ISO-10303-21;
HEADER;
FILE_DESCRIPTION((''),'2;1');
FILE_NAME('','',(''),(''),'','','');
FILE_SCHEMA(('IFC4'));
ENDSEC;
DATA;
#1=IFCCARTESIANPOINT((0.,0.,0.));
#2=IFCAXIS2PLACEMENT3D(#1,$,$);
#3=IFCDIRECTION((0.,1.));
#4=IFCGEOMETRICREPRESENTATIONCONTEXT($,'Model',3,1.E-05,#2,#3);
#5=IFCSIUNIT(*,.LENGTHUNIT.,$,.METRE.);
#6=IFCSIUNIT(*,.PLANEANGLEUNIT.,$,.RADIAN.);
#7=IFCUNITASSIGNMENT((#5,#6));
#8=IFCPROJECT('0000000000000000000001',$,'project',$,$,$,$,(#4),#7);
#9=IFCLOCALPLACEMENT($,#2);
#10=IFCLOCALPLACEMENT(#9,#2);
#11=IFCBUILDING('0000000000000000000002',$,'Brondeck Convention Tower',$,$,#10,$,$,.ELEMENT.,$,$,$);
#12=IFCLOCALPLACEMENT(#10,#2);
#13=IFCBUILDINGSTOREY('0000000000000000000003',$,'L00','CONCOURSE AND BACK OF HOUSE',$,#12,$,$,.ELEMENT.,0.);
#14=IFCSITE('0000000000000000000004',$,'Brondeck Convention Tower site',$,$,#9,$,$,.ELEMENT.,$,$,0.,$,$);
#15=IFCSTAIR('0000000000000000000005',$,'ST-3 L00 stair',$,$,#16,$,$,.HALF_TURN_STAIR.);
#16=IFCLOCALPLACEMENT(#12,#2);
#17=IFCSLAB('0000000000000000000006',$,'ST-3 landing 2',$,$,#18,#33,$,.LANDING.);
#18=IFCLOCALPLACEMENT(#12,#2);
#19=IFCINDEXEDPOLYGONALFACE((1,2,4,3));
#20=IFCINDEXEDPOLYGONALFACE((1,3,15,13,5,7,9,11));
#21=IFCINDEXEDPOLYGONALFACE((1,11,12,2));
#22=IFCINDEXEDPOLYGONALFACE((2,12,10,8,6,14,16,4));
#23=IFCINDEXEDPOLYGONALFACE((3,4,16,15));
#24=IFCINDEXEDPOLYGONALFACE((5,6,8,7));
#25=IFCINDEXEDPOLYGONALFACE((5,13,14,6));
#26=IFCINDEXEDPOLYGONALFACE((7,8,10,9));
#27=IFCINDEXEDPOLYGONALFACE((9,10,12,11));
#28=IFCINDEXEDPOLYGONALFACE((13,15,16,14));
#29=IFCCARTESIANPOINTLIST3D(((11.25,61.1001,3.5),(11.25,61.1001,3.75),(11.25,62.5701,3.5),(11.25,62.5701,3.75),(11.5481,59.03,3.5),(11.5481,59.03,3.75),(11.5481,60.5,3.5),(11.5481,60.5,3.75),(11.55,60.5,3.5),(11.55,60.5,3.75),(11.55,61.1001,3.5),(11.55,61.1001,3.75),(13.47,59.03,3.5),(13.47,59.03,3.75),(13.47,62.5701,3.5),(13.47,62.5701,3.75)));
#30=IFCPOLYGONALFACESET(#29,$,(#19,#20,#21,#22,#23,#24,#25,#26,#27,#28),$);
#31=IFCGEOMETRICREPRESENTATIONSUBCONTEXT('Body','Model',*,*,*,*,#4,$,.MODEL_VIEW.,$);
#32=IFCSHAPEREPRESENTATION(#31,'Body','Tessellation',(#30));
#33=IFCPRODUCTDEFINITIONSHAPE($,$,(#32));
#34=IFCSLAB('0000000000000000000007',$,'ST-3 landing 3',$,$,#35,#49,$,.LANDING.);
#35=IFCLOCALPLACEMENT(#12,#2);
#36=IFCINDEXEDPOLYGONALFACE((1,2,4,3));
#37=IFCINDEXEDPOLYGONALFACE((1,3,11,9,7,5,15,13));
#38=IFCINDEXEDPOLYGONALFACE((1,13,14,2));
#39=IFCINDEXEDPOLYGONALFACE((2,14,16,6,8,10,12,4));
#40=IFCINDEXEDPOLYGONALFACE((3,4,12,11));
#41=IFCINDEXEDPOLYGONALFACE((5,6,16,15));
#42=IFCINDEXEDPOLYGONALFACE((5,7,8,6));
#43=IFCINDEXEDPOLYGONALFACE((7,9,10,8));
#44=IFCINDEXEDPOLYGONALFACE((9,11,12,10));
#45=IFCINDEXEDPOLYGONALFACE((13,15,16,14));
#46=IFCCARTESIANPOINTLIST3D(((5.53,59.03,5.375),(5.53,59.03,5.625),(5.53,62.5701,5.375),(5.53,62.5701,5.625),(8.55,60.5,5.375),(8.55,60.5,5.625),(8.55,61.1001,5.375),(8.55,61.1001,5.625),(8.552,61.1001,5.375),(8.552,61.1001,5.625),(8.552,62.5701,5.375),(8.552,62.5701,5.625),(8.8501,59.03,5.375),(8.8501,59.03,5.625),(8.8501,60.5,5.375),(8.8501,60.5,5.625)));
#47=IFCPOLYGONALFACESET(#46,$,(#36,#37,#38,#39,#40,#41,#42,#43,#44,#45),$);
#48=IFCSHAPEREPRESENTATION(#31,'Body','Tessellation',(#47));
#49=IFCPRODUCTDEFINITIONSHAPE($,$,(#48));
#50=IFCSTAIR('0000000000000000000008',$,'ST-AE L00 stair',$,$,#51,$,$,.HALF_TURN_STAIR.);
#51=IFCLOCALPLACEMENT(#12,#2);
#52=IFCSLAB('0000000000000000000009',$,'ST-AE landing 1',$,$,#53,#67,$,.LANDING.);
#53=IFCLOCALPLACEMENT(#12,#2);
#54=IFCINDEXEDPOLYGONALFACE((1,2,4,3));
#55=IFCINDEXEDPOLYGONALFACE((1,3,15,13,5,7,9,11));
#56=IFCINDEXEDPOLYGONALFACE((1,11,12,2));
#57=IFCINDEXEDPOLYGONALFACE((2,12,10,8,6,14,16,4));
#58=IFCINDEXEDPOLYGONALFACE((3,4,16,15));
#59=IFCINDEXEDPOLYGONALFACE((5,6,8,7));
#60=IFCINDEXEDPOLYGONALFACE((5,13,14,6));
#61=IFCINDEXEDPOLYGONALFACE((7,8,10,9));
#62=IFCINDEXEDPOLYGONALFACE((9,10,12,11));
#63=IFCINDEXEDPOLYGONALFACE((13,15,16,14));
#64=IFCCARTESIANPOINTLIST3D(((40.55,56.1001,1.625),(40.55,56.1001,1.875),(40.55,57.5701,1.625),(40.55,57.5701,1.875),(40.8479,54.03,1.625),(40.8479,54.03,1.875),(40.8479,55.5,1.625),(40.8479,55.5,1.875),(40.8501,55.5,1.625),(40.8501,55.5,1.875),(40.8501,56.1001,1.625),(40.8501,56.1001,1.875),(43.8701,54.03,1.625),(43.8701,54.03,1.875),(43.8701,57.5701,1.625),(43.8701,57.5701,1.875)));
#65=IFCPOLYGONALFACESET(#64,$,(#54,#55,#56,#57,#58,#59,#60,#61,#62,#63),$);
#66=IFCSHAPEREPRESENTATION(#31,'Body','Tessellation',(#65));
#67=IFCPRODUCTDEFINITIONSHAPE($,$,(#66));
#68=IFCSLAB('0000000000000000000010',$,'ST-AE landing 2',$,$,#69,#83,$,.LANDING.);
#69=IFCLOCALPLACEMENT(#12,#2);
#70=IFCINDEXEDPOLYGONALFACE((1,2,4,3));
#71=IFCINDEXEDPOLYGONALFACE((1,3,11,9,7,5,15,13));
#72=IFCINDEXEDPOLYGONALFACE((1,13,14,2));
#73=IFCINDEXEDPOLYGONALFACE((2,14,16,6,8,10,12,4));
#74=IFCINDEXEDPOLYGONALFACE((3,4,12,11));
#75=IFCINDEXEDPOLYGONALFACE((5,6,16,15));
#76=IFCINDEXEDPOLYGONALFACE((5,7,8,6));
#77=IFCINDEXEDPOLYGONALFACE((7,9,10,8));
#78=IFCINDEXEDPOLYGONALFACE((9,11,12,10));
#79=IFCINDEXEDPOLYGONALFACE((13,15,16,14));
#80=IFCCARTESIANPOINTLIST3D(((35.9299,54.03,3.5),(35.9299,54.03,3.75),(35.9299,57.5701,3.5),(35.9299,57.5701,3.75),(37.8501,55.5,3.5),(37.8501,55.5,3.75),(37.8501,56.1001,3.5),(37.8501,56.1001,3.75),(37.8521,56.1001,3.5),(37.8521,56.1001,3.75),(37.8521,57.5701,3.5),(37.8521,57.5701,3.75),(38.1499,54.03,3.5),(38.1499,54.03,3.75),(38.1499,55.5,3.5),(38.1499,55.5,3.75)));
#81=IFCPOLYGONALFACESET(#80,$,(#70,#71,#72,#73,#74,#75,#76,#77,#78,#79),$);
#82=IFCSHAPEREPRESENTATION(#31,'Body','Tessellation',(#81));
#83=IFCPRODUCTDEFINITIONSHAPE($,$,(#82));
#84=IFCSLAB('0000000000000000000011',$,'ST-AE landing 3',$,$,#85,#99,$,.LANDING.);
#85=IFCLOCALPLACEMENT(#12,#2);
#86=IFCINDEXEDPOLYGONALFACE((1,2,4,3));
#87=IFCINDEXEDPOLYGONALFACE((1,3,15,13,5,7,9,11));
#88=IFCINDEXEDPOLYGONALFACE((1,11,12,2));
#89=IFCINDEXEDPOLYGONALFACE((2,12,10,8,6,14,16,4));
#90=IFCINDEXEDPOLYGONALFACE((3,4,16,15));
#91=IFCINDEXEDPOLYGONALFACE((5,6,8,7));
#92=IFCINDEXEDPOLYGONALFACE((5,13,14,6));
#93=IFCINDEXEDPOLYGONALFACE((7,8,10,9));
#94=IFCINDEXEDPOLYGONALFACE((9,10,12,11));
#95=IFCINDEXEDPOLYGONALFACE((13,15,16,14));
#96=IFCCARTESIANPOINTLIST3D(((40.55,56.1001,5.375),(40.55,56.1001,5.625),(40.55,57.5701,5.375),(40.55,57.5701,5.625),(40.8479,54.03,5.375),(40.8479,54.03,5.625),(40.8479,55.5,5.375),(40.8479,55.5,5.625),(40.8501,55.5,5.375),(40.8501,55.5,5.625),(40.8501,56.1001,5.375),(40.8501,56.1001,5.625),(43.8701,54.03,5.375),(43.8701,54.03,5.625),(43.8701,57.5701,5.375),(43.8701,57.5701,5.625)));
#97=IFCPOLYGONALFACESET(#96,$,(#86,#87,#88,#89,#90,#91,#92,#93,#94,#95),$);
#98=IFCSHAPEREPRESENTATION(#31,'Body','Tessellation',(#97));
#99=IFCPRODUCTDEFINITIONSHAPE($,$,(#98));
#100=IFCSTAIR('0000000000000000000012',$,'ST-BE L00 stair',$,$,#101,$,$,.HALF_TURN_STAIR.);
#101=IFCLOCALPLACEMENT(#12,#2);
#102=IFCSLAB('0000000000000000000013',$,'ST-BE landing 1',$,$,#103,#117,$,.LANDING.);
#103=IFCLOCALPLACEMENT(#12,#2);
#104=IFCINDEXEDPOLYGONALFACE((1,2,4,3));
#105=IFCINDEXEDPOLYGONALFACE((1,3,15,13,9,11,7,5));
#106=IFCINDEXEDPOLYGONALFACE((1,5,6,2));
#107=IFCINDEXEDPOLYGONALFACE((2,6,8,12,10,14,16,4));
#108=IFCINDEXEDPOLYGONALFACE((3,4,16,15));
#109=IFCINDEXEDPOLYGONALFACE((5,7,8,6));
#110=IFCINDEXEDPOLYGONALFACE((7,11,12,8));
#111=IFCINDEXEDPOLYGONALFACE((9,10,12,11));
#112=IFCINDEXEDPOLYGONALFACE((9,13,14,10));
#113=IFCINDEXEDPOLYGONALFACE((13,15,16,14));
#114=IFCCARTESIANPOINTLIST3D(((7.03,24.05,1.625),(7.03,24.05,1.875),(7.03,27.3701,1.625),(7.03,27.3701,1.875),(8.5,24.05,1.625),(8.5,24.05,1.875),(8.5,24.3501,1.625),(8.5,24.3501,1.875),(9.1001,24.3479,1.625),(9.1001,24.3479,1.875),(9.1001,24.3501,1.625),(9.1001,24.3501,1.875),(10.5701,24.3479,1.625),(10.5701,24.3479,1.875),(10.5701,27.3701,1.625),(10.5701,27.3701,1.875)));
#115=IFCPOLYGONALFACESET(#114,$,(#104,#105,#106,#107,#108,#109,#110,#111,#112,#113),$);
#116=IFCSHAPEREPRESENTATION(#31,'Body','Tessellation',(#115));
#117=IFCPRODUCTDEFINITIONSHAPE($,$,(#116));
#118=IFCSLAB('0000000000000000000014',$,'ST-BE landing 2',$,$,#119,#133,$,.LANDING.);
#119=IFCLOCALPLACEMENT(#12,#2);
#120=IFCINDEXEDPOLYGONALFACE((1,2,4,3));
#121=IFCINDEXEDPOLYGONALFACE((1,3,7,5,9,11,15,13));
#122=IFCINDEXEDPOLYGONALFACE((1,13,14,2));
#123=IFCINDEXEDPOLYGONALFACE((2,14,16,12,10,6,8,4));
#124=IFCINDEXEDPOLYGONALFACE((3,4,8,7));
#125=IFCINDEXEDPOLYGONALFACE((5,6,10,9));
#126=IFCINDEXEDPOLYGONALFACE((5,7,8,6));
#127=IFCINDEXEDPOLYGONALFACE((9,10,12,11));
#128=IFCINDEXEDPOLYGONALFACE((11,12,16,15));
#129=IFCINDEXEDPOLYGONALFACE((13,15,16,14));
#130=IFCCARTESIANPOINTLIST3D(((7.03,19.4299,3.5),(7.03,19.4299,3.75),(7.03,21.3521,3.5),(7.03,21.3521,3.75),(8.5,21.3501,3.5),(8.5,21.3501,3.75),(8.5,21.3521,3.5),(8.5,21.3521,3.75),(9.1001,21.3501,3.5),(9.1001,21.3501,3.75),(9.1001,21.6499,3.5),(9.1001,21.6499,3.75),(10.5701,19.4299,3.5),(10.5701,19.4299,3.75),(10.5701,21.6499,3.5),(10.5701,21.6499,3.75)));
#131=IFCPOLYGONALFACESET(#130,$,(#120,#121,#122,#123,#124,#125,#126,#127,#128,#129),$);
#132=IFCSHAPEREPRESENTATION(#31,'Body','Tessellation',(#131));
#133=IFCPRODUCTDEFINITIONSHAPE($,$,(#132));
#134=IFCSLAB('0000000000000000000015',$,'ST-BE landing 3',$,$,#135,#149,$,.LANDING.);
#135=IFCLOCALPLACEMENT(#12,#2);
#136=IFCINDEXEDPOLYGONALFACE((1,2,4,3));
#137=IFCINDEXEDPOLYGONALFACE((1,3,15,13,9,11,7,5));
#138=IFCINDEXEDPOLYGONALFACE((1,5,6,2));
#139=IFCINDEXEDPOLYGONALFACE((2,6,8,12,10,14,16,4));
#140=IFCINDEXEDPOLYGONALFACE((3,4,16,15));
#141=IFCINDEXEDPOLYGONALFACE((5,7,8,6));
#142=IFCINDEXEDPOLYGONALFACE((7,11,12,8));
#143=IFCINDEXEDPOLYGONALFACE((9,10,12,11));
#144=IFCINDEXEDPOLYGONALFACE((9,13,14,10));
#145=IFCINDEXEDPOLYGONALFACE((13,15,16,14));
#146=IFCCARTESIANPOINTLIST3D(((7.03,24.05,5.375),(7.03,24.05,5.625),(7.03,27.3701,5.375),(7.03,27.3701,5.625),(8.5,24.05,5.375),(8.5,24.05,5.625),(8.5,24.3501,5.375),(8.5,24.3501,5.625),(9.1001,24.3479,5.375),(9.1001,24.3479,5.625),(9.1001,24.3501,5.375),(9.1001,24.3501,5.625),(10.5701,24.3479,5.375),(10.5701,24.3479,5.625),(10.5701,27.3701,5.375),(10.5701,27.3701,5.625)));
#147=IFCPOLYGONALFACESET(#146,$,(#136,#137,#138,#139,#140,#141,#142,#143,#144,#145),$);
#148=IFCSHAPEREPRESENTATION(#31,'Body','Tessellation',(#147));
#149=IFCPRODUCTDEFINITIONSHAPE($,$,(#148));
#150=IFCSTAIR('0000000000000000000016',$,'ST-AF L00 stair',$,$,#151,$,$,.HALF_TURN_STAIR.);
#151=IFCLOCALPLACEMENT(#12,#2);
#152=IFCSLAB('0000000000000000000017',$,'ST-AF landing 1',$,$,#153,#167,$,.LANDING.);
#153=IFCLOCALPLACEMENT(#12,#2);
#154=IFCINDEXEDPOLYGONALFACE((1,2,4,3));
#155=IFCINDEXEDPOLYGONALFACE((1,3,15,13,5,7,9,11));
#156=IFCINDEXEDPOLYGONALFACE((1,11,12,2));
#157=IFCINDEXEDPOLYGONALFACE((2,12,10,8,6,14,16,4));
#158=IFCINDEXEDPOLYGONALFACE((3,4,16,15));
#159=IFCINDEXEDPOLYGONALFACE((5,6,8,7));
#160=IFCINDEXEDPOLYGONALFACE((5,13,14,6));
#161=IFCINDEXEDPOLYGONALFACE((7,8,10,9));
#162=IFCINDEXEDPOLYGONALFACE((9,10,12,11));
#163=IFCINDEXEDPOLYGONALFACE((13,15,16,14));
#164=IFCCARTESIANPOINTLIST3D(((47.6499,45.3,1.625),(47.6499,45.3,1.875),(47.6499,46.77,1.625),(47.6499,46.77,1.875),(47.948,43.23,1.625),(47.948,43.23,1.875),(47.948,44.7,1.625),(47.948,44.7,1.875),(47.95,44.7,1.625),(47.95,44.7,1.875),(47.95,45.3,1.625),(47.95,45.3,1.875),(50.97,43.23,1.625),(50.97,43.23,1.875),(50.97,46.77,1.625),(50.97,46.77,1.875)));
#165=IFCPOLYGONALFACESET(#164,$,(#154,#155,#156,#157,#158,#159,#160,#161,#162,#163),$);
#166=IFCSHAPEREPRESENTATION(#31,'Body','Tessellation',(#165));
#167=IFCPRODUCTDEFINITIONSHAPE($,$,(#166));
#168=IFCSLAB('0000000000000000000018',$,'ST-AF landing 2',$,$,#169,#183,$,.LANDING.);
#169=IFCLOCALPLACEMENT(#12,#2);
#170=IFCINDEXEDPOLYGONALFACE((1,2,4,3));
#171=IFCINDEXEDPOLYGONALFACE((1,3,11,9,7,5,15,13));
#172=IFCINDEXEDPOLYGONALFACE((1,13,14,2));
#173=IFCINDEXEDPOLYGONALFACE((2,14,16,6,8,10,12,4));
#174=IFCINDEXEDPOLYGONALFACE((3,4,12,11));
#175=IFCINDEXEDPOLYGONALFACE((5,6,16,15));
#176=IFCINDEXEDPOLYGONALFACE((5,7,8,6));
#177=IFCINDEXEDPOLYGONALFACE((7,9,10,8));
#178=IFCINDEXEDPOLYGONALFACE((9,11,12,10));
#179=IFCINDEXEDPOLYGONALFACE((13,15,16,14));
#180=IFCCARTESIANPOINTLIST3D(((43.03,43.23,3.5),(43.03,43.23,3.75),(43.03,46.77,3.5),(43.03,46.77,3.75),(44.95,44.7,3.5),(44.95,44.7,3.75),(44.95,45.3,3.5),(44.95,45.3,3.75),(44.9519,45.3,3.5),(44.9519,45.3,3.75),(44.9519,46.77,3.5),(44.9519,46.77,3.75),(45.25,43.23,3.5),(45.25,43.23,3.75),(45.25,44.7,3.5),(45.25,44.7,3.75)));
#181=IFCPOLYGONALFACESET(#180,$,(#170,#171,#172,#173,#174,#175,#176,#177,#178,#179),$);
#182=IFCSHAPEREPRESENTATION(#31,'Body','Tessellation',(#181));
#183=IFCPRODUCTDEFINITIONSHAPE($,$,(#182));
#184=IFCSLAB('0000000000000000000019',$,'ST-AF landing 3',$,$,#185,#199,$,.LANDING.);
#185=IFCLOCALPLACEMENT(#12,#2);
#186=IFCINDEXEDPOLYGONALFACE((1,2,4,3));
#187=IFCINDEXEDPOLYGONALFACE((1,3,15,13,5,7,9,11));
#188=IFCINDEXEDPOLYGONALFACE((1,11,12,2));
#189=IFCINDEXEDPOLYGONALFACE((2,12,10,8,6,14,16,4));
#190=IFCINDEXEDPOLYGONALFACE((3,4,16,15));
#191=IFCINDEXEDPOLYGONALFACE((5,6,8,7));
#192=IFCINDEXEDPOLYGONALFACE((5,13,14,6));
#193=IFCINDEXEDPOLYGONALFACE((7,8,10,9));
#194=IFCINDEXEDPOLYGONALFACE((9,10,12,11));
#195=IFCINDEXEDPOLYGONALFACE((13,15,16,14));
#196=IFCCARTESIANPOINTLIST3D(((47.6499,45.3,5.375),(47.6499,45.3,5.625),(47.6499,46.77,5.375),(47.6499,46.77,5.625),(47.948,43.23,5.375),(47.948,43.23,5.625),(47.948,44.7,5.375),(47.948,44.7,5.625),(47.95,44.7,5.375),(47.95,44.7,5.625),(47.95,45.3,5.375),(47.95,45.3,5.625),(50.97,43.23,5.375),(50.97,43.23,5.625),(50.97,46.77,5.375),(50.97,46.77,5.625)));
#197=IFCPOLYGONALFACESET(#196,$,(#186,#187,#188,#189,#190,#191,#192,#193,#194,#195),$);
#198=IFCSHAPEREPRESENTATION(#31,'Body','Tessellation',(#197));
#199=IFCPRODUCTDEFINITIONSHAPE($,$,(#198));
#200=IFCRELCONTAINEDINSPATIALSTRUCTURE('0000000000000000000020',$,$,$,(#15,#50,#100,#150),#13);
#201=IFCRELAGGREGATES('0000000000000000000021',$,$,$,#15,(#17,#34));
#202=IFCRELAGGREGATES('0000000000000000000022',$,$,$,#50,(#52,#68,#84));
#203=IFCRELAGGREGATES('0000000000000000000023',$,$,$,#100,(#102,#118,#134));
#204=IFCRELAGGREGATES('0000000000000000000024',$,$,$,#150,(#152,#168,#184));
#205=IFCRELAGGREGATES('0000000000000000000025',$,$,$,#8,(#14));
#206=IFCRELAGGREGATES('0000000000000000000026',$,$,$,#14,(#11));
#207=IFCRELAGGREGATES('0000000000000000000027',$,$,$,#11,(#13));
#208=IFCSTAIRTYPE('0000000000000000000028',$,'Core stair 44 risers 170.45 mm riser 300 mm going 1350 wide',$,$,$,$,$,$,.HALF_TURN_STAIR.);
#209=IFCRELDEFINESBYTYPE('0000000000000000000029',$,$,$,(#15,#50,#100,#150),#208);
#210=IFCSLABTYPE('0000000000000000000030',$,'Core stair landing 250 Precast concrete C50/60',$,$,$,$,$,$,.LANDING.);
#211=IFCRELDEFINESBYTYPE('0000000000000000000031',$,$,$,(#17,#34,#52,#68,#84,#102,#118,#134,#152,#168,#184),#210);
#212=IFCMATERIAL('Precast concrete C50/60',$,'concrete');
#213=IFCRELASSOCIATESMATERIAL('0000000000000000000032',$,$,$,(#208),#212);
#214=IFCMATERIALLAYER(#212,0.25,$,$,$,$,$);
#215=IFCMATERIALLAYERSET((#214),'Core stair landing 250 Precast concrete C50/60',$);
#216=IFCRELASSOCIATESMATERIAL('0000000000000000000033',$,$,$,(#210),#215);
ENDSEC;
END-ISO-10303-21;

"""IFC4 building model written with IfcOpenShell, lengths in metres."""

from ifc_helpers import new_model, si_unit, direction, frame, origin, place, context, subcontext, project, spatial, polyline, outline, extrude, material, layer, layer_set, type_object, element, aggregate, save


model = new_model("IFC4")

# Units and contexts
model_context = context("Model", 3, precision=1e-05, world=origin(), true_north=direction((0.0, 1.0)))
body_context = subcontext(model_context, "Body", "Model", "MODEL_VIEW")
ifc_project = project(units=[si_unit("LENGTHUNIT", "METRE"), si_unit("PLANEANGLEUNIT", "RADIAN")], contexts=[model_context])

# Site, building, storey
site_placement = place(None, origin())
site = spatial("IfcSite", under=ifc_project, at=site_placement, Name="Brondeck Convention Tower site", CompositionType="ELEMENT", RefElevation=0.0)
building_placement = place(site_placement, origin())
building = spatial("IfcBuilding", under=site, at=building_placement, Name="Brondeck Convention Tower", CompositionType="ELEMENT")
storey_placement = place(building_placement, origin())
storey = spatial("IfcBuildingStorey", under=building, at=storey_placement, Name="L00", Description="CONCOURSE AND BACK OF HOUSE", CompositionType="ELEMENT", Elevation=0.0)

# Stairs, slabs
ifc_material_1 = material(Name="Precast concrete C50/60", Category="concrete")
stair_type_1 = type_object("IfcStairType", Name="Core stair 44 risers 170.45 mm riser 300 mm going 1350 wide", PredefinedType="HALF_TURN_STAIR", material=ifc_material_1)
ifc_layer_1 = layer(ifc_material_1, 0.25)
ifc_layer_set_1 = layer_set([ifc_layer_1], Name="Core stair landing 250 Precast concrete C50/60")
slab_type_1 = type_object("IfcSlabType", Name="Core stair landing 250 Precast concrete C50/60", PredefinedType="LANDING", material=ifc_layer_set_1)
stair_1_placement = place(storey_placement, origin())
stair_1 = element("IfcStair", 1, at=stair_1_placement, inside=storey, type_object=stair_type_1, Name="ST-3 L00 stair", PredefinedType="HALF_TURN_STAIR")
slab_1_placement = place(storey_placement, frame((0.0, 0.0, 3.5)))
slab_1 = element("IfcSlab", 2, at=slab_1_placement, type_object=slab_type_1, Name="ST-3 landing 2", PredefinedType="LANDING", context=body_context, shape_type="SweptSolid", body=[
    extrude(outline(polyline([(11.5481, 60.5), (11.55, 60.5), (11.55, 61.1001), (11.25, 61.1001), (11.25, 62.5701), (13.47, 62.5701), (13.47, 59.03), (11.5481, 59.03), (11.5481, 60.5)])), origin(), (0.0, 0.0, 1.0), 0.25),
])
slab_2_placement = place(storey_placement, frame((0.0, 0.0, 5.375)))
slab_2 = element("IfcSlab", 3, at=slab_2_placement, type_object=slab_type_1, Name="ST-3 landing 3", PredefinedType="LANDING", context=body_context, shape_type="SweptSolid", body=[
    extrude(outline(polyline([(8.8501, 60.5), (8.8501, 59.03), (5.53, 59.03), (5.53, 62.5701), (8.552, 62.5701), (8.552, 61.1001), (8.55, 61.1001), (8.55, 60.5), (8.8501, 60.5)])), origin(), (0.0, 0.0, 1.0), 0.25),
])
aggregate(stair_1, [slab_1, slab_2])
stair_2_placement = place(storey_placement, origin())
stair_2 = element("IfcStair", 4, at=stair_2_placement, inside=storey, type_object=stair_type_1, Name="ST-AE L00 stair", PredefinedType="HALF_TURN_STAIR")
slab_3_placement = place(storey_placement, frame((0.0, 0.0, 1.625)))
slab_3 = element("IfcSlab", 5, at=slab_3_placement, type_object=slab_type_1, Name="ST-AE landing 1", PredefinedType="LANDING", context=body_context, shape_type="SweptSolid", body=[
    extrude(outline(polyline([(40.8479, 55.5), (40.8501, 55.5), (40.8501, 56.1001), (40.55, 56.1001), (40.55, 57.5701), (43.8701, 57.5701), (43.8701, 54.03), (40.8479, 54.03), (40.8479, 55.5)])), origin(), (0.0, 0.0, 1.0), 0.25),
])
slab_4_placement = place(storey_placement, frame((0.0, 0.0, 3.5)))
slab_4 = element("IfcSlab", 6, at=slab_4_placement, type_object=slab_type_1, Name="ST-AE landing 2", PredefinedType="LANDING", context=body_context, shape_type="SweptSolid", body=[
    extrude(outline(polyline([(38.1499, 55.5), (38.1499, 54.03), (35.9299, 54.03), (35.9299, 57.5701), (37.8521, 57.5701), (37.8521, 56.1001), (37.8501, 56.1001), (37.8501, 55.5), (38.1499, 55.5)])), origin(), (0.0, 0.0, 1.0), 0.25),
])
slab_5_placement = place(storey_placement, frame((0.0, 0.0, 5.375)))
slab_5 = element("IfcSlab", 7, at=slab_5_placement, type_object=slab_type_1, Name="ST-AE landing 3", PredefinedType="LANDING", context=body_context, shape_type="SweptSolid", body=[
    extrude(outline(polyline([(40.8479, 55.5), (40.8501, 55.5), (40.8501, 56.1001), (40.55, 56.1001), (40.55, 57.5701), (43.8701, 57.5701), (43.8701, 54.03), (40.8479, 54.03), (40.8479, 55.5)])), origin(), (0.0, 0.0, 1.0), 0.25),
])
aggregate(stair_2, [slab_3, slab_4, slab_5])
stair_3_placement = place(storey_placement, origin())
stair_3 = element("IfcStair", 8, at=stair_3_placement, inside=storey, type_object=stair_type_1, Name="ST-BE L00 stair", PredefinedType="HALF_TURN_STAIR")
slab_6_placement = place(storey_placement, frame((0.0, 0.0, 1.625)))
slab_6 = element("IfcSlab", 9, at=slab_6_placement, type_object=slab_type_1, Name="ST-BE landing 1", PredefinedType="LANDING", context=body_context, shape_type="SweptSolid", body=[
    extrude(outline(polyline([(7.03, 24.05), (7.03, 27.3701), (10.5701, 27.3701), (10.5701, 24.3479), (9.1001, 24.3479), (9.1001, 24.3501), (8.5, 24.3501), (8.5, 24.05), (7.03, 24.05)])), origin(), (0.0, 0.0, 1.0), 0.25),
])
slab_7_placement = place(storey_placement, frame((0.0, 0.0, 3.5)))
slab_7 = element("IfcSlab", 10, at=slab_7_placement, type_object=slab_type_1, Name="ST-BE landing 2", PredefinedType="LANDING", context=body_context, shape_type="SweptSolid", body=[
    extrude(outline(polyline([(10.5701, 19.4299), (7.03, 19.4299), (7.03, 21.3521), (8.5, 21.3521), (8.5, 21.3501), (9.1001, 21.3501), (9.1001, 21.6499), (10.5701, 21.6499), (10.5701, 19.4299)])), origin(), (0.0, 0.0, 1.0), 0.25),
])
slab_8_placement = place(storey_placement, frame((0.0, 0.0, 5.375)))
slab_8 = element("IfcSlab", 11, at=slab_8_placement, type_object=slab_type_1, Name="ST-BE landing 3", PredefinedType="LANDING", context=body_context, shape_type="SweptSolid", body=[
    extrude(outline(polyline([(7.03, 24.05), (7.03, 27.3701), (10.5701, 27.3701), (10.5701, 24.3479), (9.1001, 24.3479), (9.1001, 24.3501), (8.5, 24.3501), (8.5, 24.05), (7.03, 24.05)])), origin(), (0.0, 0.0, 1.0), 0.25),
])
aggregate(stair_3, [slab_6, slab_7, slab_8])
stair_4_placement = place(storey_placement, origin())
stair_4 = element("IfcStair", 12, at=stair_4_placement, inside=storey, type_object=stair_type_1, Name="ST-AF L00 stair", PredefinedType="HALF_TURN_STAIR")
slab_9_placement = place(storey_placement, frame((0.0, 0.0, 1.625)))
slab_9 = element("IfcSlab", 13, at=slab_9_placement, type_object=slab_type_1, Name="ST-AF landing 1", PredefinedType="LANDING", context=body_context, shape_type="SweptSolid", body=[
    extrude(outline(polyline([(47.948, 44.7), (47.95, 44.7), (47.95, 45.3), (47.6499, 45.3), (47.6499, 46.77), (50.97, 46.77), (50.97, 43.23), (47.948, 43.23), (47.948, 44.7)])), origin(), (0.0, 0.0, 1.0), 0.25),
])
slab_10_placement = place(storey_placement, frame((0.0, 0.0, 3.5)))
slab_10 = element("IfcSlab", 14, at=slab_10_placement, type_object=slab_type_1, Name="ST-AF landing 2", PredefinedType="LANDING", context=body_context, shape_type="SweptSolid", body=[
    extrude(outline(polyline([(45.25, 44.7), (45.25, 43.23), (43.03, 43.23), (43.03, 46.77), (44.9519, 46.77), (44.9519, 45.3), (44.95, 45.3), (44.95, 44.7), (45.25, 44.7)])), origin(), (0.0, 0.0, 1.0), 0.25),
])
slab_11_placement = place(storey_placement, frame((0.0, 0.0, 5.375)))
slab_11 = element("IfcSlab", 15, at=slab_11_placement, type_object=slab_type_1, Name="ST-AF landing 3", PredefinedType="LANDING", context=body_context, shape_type="SweptSolid", body=[
    extrude(outline(polyline([(47.948, 44.7), (47.95, 44.7), (47.95, 45.3), (47.6499, 45.3), (47.6499, 46.77), (50.97, 46.77), (50.97, 43.23), (47.948, 43.23), (47.948, 44.7)])), origin(), (0.0, 0.0, 1.0), 0.25),
])
aggregate(stair_4, [slab_9, slab_10, slab_11])

save(model, "model.ifc")
